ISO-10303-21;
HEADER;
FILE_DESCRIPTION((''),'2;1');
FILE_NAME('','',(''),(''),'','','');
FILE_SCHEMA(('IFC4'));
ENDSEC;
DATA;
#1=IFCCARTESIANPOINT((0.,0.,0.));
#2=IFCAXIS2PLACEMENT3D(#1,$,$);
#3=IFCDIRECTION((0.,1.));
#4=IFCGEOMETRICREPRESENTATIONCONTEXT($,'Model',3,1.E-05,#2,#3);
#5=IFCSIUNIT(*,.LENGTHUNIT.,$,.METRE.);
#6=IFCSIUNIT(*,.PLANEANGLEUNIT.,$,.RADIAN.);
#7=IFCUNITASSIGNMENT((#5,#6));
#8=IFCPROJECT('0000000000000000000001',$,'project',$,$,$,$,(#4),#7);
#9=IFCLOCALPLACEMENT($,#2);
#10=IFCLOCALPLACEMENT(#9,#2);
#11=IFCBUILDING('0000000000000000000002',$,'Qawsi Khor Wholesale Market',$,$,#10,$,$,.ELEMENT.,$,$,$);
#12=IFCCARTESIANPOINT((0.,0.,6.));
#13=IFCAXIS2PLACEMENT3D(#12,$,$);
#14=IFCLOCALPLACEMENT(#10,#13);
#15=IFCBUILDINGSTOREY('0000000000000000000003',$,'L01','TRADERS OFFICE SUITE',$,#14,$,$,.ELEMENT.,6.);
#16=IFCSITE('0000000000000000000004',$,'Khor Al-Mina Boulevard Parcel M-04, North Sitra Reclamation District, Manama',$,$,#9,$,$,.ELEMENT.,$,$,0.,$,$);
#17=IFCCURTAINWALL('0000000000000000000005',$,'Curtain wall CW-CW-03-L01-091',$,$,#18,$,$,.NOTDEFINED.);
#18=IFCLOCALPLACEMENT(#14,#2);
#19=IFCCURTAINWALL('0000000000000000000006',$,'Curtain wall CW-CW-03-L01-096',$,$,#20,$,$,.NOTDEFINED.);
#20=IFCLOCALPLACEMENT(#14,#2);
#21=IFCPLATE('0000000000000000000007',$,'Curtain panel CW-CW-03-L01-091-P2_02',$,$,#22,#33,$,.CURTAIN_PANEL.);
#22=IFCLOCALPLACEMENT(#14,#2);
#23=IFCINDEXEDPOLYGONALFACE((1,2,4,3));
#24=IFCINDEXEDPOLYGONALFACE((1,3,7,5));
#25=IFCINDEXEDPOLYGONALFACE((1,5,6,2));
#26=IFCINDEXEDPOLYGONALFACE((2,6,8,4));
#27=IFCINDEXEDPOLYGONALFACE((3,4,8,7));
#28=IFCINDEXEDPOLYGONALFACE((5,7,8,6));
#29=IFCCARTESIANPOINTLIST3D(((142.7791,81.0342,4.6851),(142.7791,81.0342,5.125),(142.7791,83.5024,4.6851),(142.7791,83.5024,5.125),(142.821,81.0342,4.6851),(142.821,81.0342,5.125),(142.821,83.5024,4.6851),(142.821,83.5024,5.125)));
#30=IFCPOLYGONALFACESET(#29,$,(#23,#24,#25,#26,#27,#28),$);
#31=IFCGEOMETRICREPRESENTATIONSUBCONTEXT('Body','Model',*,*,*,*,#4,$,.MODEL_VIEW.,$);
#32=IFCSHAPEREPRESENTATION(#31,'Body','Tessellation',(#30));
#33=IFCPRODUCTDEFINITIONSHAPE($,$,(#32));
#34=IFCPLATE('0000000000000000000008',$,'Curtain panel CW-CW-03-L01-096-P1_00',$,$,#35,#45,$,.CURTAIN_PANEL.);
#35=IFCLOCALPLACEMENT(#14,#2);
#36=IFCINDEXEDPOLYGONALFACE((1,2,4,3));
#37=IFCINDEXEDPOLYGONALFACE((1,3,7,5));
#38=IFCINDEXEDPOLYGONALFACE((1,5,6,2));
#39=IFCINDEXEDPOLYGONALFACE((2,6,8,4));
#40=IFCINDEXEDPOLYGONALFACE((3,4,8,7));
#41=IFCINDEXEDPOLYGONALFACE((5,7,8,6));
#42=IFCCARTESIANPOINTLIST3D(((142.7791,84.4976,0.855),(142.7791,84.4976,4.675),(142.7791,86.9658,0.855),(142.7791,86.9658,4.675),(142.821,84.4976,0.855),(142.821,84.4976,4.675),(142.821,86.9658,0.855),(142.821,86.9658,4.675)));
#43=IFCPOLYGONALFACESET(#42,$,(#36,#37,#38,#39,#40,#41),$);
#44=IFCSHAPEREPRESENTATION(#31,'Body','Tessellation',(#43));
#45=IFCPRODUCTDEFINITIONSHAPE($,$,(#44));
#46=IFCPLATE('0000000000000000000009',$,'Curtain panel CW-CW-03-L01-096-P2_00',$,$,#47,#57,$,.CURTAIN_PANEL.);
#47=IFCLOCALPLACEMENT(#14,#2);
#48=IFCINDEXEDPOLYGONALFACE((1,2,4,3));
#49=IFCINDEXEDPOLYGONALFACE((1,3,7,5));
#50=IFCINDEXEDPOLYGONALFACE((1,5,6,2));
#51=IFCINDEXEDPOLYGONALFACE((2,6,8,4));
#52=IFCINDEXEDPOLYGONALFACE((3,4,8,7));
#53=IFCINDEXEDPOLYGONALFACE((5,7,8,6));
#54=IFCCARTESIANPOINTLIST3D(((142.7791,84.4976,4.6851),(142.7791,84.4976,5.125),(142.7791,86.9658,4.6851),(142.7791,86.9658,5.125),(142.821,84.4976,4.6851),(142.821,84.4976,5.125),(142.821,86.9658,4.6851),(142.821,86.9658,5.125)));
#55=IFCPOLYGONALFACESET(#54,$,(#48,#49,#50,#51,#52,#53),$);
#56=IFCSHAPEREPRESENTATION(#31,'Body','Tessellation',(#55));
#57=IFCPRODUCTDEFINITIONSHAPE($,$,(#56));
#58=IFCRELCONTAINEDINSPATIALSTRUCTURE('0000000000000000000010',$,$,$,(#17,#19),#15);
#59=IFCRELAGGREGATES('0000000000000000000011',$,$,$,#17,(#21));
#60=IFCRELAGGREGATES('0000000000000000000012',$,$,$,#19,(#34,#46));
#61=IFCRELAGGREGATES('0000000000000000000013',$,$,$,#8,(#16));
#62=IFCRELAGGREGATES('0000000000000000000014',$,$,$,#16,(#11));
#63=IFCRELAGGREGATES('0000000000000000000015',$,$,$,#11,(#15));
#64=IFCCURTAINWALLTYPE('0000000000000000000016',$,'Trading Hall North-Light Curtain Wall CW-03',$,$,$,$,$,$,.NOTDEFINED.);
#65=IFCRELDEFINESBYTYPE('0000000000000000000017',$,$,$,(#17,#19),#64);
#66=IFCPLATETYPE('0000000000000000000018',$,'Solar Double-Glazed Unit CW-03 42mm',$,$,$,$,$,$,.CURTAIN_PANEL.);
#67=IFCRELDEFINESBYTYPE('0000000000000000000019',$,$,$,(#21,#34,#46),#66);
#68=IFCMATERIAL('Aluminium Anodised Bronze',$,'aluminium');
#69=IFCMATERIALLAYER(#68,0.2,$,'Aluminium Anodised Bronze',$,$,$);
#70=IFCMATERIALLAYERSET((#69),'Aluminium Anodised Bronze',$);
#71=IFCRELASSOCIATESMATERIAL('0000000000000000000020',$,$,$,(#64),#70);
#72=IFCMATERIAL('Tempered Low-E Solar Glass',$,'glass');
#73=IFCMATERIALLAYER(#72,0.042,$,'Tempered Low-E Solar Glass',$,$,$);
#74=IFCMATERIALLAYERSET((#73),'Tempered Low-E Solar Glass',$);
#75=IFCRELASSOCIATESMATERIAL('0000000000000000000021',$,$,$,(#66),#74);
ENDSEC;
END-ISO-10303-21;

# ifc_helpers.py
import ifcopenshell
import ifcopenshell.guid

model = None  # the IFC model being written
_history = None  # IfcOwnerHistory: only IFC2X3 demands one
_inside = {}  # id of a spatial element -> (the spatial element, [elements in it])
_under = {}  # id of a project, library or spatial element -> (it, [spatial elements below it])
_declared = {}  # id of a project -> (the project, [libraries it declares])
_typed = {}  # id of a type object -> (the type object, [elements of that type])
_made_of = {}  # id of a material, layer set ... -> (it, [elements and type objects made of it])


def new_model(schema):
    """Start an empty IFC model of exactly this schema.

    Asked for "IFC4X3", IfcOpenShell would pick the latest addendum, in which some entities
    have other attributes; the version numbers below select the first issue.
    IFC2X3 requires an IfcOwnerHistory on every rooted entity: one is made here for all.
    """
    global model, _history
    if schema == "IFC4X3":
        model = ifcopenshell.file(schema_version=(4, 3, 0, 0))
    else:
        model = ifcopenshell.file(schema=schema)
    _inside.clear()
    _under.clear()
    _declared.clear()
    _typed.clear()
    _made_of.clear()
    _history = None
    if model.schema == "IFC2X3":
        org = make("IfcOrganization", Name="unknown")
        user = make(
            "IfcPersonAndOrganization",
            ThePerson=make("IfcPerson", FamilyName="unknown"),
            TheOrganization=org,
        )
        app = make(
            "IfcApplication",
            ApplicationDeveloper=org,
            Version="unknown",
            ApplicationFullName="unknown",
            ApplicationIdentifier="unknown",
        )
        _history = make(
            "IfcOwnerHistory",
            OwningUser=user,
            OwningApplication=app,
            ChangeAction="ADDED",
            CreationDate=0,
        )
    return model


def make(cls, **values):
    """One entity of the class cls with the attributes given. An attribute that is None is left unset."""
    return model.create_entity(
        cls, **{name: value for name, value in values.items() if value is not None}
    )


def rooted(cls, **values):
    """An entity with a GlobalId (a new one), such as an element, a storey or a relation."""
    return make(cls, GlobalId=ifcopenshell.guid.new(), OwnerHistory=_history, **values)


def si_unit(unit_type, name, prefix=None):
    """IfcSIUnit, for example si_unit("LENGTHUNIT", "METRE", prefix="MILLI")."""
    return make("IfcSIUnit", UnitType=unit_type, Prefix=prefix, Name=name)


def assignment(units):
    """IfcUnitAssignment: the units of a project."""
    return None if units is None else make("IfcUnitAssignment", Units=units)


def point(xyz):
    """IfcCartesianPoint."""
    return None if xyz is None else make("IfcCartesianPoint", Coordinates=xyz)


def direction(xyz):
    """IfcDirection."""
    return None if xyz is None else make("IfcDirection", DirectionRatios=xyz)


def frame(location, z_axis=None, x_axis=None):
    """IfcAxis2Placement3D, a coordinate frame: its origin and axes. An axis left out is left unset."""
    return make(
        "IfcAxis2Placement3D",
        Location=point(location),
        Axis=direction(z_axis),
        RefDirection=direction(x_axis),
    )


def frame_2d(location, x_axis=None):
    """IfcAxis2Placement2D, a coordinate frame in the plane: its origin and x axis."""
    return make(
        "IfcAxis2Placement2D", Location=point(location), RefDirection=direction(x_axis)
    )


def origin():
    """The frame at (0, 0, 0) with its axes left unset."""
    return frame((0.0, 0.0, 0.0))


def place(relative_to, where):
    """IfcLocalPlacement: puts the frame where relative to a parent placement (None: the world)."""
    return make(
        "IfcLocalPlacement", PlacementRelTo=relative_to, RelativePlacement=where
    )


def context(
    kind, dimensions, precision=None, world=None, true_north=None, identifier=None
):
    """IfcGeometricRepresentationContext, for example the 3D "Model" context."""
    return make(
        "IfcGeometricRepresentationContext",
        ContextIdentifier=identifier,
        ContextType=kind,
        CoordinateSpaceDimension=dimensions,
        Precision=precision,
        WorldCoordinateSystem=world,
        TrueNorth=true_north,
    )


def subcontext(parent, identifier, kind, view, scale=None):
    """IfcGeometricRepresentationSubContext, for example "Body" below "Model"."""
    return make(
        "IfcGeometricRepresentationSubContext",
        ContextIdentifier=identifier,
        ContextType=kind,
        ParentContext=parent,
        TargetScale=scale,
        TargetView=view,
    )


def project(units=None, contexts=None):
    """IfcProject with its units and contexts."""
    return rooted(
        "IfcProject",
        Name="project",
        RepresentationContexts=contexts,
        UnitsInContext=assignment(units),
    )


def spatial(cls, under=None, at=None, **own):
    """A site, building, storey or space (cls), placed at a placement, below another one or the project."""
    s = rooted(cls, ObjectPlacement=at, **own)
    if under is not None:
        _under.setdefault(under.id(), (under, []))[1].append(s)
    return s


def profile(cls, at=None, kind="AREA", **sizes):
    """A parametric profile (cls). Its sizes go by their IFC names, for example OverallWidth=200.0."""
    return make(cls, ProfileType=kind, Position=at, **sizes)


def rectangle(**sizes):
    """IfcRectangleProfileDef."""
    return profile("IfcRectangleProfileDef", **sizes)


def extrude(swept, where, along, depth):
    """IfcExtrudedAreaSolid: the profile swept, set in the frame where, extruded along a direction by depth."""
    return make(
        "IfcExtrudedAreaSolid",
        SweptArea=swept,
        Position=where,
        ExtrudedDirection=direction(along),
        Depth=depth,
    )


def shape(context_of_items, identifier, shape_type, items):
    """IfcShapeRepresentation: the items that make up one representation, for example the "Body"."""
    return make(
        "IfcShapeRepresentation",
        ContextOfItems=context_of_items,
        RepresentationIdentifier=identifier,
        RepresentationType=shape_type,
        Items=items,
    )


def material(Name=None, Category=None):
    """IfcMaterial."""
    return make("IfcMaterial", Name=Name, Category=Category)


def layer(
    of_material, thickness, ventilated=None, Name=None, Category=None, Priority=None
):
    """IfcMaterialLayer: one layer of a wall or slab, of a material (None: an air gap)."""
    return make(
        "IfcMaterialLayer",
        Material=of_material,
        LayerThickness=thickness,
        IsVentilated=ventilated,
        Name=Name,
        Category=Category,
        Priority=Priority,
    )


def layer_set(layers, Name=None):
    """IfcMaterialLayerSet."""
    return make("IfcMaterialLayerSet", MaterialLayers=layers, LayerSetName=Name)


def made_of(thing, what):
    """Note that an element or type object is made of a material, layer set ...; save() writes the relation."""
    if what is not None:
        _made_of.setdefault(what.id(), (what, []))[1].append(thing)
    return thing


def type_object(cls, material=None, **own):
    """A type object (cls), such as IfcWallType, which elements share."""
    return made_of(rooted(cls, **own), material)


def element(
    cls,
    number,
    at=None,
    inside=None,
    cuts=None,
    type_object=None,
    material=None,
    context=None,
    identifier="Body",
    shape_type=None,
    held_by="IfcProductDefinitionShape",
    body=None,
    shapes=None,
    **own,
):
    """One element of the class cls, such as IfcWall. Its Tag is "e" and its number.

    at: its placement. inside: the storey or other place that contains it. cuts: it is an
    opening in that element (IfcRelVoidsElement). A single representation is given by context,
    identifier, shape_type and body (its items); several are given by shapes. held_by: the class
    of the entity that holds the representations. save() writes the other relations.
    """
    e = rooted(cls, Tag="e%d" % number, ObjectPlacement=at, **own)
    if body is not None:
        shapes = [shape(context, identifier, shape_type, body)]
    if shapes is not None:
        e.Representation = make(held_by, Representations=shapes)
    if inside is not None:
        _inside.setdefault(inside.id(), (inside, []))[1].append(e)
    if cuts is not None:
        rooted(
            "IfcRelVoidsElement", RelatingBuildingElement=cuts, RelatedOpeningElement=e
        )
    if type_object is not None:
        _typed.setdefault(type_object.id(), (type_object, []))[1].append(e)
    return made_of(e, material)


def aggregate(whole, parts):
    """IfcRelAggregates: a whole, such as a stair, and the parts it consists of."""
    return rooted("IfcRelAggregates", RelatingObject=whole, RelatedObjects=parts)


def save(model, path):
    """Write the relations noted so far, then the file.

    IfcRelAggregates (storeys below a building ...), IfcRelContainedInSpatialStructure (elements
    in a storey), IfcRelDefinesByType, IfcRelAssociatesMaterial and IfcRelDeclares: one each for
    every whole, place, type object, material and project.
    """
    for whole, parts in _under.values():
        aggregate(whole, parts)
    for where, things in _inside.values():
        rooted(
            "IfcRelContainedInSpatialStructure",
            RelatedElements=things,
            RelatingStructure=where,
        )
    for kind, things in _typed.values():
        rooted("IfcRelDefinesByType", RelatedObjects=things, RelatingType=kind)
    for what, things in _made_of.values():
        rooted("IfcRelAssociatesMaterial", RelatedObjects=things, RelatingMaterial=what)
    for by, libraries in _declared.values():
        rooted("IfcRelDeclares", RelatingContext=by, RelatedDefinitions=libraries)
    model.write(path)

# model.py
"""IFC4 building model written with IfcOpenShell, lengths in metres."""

from ifc_helpers import new_model, si_unit, direction, frame, frame_2d, origin, place, context, subcontext, project, spatial, rectangle, extrude, material, layer, layer_set, type_object, element, aggregate, save


model = new_model("IFC4")

# Units and contexts
model_context = context("Model", 3, precision=1e-05, world=origin(), true_north=direction((0.0, 1.0)))
body_context = subcontext(model_context, "Body", "Model", "MODEL_VIEW")
ifc_project = project(units=[si_unit("LENGTHUNIT", "METRE"), si_unit("PLANEANGLEUNIT", "RADIAN")], contexts=[model_context])

# Site, building, storey
site_placement = place(None, origin())
site = spatial("IfcSite", under=ifc_project, at=site_placement, Name="Khor Al-Mina Boulevard Parcel M-04, North Sitra Reclamation District, Manama", CompositionType="ELEMENT", RefElevation=0.0)
building_placement = place(site_placement, origin())
building = spatial("IfcBuilding", under=site, at=building_placement, Name="Qawsi Khor Wholesale Market", CompositionType="ELEMENT")
storey_placement = place(building_placement, frame((0.0, 0.0, 6.0)))
storey = spatial("IfcBuildingStorey", under=building, at=storey_placement, Name="L01", Description="TRADERS OFFICE SUITE", CompositionType="ELEMENT", Elevation=6.0)

# Curtain wall
ifc_material_1 = material(Name="Aluminium Anodised Bronze", Category="aluminium")
ifc_layer_1 = layer(ifc_material_1, 0.2, Name="Aluminium Anodised Bronze")
ifc_layer_set_1 = layer_set([ifc_layer_1], Name="Aluminium Anodised Bronze")
curtain_wall_type = type_object("IfcCurtainWallType", Name="Trading Hall North-Light Curtain Wall CW-03", PredefinedType="NOTDEFINED", material=ifc_layer_set_1)
curtain_wall_1_placement = place(storey_placement, origin())
curtain_wall_1 = element("IfcCurtainWall", 1, at=curtain_wall_1_placement, inside=storey, type_object=curtain_wall_type, Name="Curtain wall CW-CW-03-L01-091", PredefinedType="NOTDEFINED")

# Curtain wall
curtain_wall_2_placement = place(storey_placement, origin())
curtain_wall_2 = element("IfcCurtainWall", 2, at=curtain_wall_2_placement, inside=storey, type_object=curtain_wall_type, Name="Curtain wall CW-CW-03-L01-096", PredefinedType="NOTDEFINED")

# Plates
ifc_material_2 = material(Name="Tempered Low-E Solar Glass", Category="glass")
ifc_layer_2 = layer(ifc_material_2, 0.042, Name="Tempered Low-E Solar Glass")
ifc_layer_set_2 = layer_set([ifc_layer_2], Name="Tempered Low-E Solar Glass")
plate_type_1 = type_object("IfcPlateType", Name="Solar Double-Glazed Unit CW-03 42mm", PredefinedType="CURTAIN_PANEL", material=ifc_layer_set_2)
plate_1_placement = place(storey_placement, frame((142.8, 81.0342, 4.6851), z_axis=(0.0, 0.0, 1.0), x_axis=(0.0, 1.0, 0.0)))
plate_1 = element("IfcPlate", 3, at=plate_1_placement, type_object=plate_type_1, Name="Curtain panel CW-CW-03-L01-091-P2_02", PredefinedType="CURTAIN_PANEL", context=body_context, shape_type="SweptSolid", body=[
    extrude(rectangle(XDim=2.4683, YDim=0.042, at=frame_2d((1.2341, 0.0))), origin(), (0.0, 0.0, 1.0), 0.4399),
])
aggregate(curtain_wall_1, [plate_1])
plate_2_placement = place(storey_placement, frame((142.8, 84.4976, 0.855), z_axis=(0.0, 0.0, 1.0), x_axis=(0.0, 1.0, 0.0)))
plate_2 = element("IfcPlate", 4, at=plate_2_placement, type_object=plate_type_1, Name="Curtain panel CW-CW-03-L01-096-P1_00", PredefinedType="CURTAIN_PANEL", context=body_context, shape_type="SweptSolid", body=[
    extrude(rectangle(XDim=2.4683, YDim=0.042, at=frame_2d((1.2341, 0.0))), origin(), (0.0, 0.0, 1.0), 3.8201),
])
plate_3_placement = place(storey_placement, frame((142.8, 84.4976, 4.6851), z_axis=(0.0, 0.0, 1.0), x_axis=(0.0, 1.0, 0.0)))
plate_3 = element("IfcPlate", 5, at=plate_3_placement, type_object=plate_type_1, Name="Curtain panel CW-CW-03-L01-096-P2_00", PredefinedType="CURTAIN_PANEL", context=body_context, shape_type="SweptSolid", body=[
    extrude(rectangle(XDim=2.4683, YDim=0.042, at=frame_2d((1.2341, 0.0))), origin(), (0.0, 0.0, 1.0), 0.4399),
])
aggregate(curtain_wall_2, [plate_2, plate_3])

save(model, "model.ifc")
